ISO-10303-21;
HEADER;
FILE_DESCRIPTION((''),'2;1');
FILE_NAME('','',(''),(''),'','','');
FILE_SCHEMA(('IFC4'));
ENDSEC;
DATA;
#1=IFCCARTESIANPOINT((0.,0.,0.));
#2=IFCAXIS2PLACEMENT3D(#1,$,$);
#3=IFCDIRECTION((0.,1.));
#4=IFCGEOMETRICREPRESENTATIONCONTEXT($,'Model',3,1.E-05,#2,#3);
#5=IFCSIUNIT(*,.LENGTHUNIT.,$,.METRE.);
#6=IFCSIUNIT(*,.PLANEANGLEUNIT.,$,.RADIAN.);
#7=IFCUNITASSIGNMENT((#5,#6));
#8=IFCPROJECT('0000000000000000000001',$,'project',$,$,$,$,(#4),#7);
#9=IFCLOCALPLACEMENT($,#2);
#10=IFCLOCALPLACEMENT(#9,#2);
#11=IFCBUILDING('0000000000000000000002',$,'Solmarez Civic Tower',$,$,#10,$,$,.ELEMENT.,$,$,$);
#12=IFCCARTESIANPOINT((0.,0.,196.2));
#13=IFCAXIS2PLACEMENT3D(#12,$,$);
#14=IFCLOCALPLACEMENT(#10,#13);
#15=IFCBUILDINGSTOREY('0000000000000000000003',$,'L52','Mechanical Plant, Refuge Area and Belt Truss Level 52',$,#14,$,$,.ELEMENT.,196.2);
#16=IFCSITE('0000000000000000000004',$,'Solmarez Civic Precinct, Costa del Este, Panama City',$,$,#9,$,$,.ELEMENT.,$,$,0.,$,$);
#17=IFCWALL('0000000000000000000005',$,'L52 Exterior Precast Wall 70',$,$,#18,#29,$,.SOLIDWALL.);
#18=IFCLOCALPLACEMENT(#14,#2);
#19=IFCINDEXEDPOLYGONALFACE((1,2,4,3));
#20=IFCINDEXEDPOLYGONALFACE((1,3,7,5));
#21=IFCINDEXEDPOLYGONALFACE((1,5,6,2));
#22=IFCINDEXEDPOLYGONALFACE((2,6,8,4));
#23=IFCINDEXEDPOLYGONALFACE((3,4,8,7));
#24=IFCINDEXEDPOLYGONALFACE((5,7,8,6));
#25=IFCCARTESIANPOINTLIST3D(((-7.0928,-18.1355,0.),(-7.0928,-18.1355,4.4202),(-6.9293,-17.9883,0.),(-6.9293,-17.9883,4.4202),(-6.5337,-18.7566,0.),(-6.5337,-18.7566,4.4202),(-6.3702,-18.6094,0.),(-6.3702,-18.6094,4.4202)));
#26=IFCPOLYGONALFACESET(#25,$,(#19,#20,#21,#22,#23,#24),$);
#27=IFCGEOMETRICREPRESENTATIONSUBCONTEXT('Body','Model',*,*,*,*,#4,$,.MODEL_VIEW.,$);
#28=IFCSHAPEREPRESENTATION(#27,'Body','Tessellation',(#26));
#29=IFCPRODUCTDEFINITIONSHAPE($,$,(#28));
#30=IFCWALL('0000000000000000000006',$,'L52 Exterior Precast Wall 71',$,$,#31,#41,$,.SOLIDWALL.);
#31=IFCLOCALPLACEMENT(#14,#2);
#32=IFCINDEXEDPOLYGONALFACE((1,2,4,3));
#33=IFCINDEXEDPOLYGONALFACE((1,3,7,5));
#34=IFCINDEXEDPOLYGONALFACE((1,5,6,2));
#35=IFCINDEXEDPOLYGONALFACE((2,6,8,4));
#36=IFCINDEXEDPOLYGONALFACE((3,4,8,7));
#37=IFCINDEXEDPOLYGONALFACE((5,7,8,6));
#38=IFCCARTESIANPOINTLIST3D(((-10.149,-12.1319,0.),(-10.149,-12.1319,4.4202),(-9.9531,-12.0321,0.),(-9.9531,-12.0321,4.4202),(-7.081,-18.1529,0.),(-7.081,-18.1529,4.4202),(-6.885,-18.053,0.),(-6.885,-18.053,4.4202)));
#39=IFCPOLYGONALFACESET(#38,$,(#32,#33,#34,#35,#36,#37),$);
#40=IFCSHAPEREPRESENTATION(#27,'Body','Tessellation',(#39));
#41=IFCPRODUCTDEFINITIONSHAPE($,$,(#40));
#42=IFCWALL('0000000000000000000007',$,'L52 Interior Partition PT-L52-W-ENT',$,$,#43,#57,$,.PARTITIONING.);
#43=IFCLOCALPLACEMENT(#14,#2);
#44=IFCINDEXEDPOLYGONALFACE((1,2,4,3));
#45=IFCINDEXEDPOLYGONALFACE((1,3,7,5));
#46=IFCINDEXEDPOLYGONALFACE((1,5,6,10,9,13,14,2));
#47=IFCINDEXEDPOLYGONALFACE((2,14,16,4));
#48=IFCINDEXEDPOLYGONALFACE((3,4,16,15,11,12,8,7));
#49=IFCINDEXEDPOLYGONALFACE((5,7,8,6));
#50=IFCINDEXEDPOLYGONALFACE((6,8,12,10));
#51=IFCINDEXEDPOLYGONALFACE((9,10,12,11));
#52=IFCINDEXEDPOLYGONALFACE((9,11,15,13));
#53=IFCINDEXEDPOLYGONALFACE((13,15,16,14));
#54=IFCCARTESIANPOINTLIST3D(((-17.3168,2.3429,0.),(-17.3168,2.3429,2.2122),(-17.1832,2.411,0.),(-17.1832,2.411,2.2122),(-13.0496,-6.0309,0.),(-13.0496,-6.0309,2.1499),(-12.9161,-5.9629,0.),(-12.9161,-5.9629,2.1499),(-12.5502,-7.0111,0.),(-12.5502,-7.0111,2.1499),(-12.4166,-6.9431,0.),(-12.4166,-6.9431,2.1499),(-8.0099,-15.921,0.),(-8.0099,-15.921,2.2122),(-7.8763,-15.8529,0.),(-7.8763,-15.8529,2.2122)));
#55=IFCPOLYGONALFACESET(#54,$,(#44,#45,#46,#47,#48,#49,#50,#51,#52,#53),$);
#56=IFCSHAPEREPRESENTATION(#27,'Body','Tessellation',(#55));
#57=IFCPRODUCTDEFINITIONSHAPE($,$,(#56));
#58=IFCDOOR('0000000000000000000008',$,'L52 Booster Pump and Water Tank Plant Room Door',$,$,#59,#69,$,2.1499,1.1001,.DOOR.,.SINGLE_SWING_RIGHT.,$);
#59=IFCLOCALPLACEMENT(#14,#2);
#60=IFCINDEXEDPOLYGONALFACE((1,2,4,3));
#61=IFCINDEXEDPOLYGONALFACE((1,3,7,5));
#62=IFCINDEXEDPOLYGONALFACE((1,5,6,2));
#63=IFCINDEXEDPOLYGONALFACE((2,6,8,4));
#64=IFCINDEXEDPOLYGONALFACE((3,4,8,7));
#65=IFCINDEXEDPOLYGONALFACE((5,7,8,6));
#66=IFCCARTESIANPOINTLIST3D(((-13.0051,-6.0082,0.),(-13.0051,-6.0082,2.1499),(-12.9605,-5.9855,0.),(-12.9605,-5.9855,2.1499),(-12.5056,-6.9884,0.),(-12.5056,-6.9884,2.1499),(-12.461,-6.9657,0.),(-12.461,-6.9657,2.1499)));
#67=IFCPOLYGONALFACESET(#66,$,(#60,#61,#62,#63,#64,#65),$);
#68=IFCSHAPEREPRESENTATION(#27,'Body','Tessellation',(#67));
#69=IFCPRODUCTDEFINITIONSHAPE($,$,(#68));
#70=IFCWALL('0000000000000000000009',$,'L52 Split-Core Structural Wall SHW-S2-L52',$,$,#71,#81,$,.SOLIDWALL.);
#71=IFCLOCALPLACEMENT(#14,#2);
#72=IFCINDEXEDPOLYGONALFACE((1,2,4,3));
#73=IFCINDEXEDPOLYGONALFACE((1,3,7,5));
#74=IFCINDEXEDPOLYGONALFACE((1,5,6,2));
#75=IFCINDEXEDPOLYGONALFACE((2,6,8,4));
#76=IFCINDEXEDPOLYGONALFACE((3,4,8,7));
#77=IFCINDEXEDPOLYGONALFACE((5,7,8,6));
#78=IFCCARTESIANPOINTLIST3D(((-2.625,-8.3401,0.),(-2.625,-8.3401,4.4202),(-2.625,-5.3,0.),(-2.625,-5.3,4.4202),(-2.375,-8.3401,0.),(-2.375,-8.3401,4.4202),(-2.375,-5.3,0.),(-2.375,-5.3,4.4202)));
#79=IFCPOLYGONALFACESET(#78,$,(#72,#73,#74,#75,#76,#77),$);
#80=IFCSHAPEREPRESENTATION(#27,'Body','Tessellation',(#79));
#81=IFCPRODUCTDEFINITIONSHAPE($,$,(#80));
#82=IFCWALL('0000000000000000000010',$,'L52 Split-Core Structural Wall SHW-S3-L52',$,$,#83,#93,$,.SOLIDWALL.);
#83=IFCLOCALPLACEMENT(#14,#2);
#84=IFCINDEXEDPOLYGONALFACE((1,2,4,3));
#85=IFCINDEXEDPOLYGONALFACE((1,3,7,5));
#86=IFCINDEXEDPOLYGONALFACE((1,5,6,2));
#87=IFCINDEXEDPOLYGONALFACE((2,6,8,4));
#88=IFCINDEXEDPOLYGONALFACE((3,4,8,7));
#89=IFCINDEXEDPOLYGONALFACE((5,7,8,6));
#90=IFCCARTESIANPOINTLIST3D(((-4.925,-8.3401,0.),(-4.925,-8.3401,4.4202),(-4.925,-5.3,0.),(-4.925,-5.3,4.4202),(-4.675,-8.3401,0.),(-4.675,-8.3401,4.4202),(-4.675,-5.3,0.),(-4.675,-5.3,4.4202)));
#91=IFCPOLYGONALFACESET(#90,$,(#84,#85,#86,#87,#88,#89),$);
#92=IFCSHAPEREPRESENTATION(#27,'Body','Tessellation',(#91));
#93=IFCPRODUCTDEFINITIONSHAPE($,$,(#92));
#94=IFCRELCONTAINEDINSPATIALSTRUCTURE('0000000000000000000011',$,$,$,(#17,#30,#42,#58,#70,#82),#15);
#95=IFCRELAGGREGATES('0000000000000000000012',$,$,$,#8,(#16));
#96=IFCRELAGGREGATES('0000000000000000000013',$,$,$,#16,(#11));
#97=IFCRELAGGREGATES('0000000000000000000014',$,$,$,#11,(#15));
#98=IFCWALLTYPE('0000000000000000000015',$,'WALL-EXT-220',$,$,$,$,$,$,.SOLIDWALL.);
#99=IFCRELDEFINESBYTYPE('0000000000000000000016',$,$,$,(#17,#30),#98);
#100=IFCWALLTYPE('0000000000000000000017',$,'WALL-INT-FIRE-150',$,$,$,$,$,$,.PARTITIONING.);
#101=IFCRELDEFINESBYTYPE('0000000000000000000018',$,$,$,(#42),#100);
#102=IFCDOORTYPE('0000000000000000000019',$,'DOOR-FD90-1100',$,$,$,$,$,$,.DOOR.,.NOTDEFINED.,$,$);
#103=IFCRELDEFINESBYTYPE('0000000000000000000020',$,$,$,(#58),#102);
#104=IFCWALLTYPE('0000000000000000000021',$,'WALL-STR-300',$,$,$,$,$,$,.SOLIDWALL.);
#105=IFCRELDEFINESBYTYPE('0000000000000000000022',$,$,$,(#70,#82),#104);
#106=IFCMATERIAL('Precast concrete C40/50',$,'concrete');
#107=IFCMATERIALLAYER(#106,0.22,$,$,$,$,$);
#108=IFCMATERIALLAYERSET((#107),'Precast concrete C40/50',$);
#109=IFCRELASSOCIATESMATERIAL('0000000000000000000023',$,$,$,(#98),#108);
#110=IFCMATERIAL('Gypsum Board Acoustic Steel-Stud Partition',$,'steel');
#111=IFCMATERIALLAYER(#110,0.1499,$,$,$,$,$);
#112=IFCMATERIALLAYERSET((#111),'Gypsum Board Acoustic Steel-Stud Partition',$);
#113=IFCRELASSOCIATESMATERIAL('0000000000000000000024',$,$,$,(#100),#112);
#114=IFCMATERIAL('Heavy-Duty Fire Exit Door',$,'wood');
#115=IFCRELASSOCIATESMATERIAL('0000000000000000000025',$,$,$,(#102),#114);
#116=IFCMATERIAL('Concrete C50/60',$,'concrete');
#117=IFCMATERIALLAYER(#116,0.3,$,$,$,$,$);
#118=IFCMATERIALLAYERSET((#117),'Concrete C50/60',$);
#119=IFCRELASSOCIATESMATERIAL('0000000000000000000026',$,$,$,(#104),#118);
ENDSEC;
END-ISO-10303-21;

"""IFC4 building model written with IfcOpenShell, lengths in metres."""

from ifc_helpers import new_model, si_unit, direction, frame, frame_2d, origin, place, context, subcontext, project, spatial, rectangle, extrude, material, layer, layer_set, type_object, element, fill, save


model = new_model("IFC4")

# Units and contexts
model_context = context("Model", 3, precision=1e-05, world=origin(), true_north=direction((0.0, 1.0)))
body_context = subcontext(model_context, "Body", "Model", "MODEL_VIEW")
ifc_project = project(units=[si_unit("LENGTHUNIT", "METRE"), si_unit("PLANEANGLEUNIT", "RADIAN")], contexts=[model_context])

# Site, building, storey
site_placement = place(None, origin())
site = spatial("IfcSite", under=ifc_project, at=site_placement, Name="Solmarez Civic Precinct, Costa del Este, Panama City", CompositionType="ELEMENT", RefElevation=0.0)
building_placement = place(site_placement, origin())
building = spatial("IfcBuilding", under=site, at=building_placement, Name="Solmarez Civic Tower", CompositionType="ELEMENT")
storey_placement = place(building_placement, frame((0.0, 0.0, 196.2)))
storey = spatial("IfcBuildingStorey", under=building, at=storey_placement, Name="L52", Description="Mechanical Plant, Refuge Area and Belt Truss Level 52", CompositionType="ELEMENT", Elevation=196.2)

# Shared definitions
ifc_material_1 = material(Name="Concrete C50/60", Category="concrete")

# Walls
ifc_material_2 = material(Name="Precast concrete C40/50", Category="concrete")
ifc_layer_1 = layer(ifc_material_2, 0.22)
ifc_layer_set_1 = layer_set([ifc_layer_1], Name="Precast concrete C40/50")
wall_type_1 = type_object("IfcWallType", Name="WALL-EXT-220", PredefinedType="SOLIDWALL", material=ifc_layer_set_1)
wall_1_placement = place(storey_placement, frame((-6.4519, -18.6831, 0.0), z_axis=(0.0, 0.0, 1.0), x_axis=(-0.669029, 0.743236, 0.0)))
element("IfcWall", 1, at=wall_1_placement, inside=storey, type_object=wall_type_1, Name="L52 Exterior Precast Wall 70", PredefinedType="SOLIDWALL", context=body_context, shape_type="SweptSolid", body=[
    extrude(rectangle(XDim=0.8357, YDim=0.22, at=frame_2d((0.418, 0.0))), origin(), (0.0, 0.0, 1.0), 4.4202),
])
wall_2_placement = place(storey_placement, frame((-6.9829, -18.103, 0.0), z_axis=(0.0, 0.0, 1.0), x_axis=(-0.454022, 0.890991, 0.0)))
element("IfcWall", 2, at=wall_2_placement, inside=storey, type_object=wall_type_1, Name="L52 Exterior Precast Wall 71", PredefinedType="SOLIDWALL", context=body_context, shape_type="SweptSolid", body=[
    extrude(rectangle(XDim=6.7576, YDim=0.22, at=frame_2d((3.3789, 0.0))), origin(), (0.0, 0.0, 1.0), 4.4202),
])

# Wall, opening, door
ifc_material_3 = material(Name="Gypsum Board Acoustic Steel-Stud Partition", Category="steel")
ifc_layer_2 = layer(ifc_material_3, 0.1499)
ifc_layer_set_2 = layer_set([ifc_layer_2], Name="Gypsum Board Acoustic Steel-Stud Partition")
wall_type_2 = type_object("IfcWallType", Name="WALL-INT-FIRE-150", PredefinedType="PARTITIONING", material=ifc_layer_set_2)
wall_3_placement = place(storey_placement, frame((-7.9431, -15.887, 0.0), z_axis=(0.0, 0.0, 1.0), x_axis=(-0.454027, 0.890988, 0.0)))
wall_3 = element("IfcWall", 3, at=wall_3_placement, inside=storey, type_object=wall_type_2, Name="L52 Interior Partition PT-L52-W-ENT", PredefinedType="PARTITIONING", context=body_context, shape_type="SweptSolid", body=[
    extrude(rectangle(XDim=20.4985, YDim=0.1499, at=frame_2d((10.2493, 0.0))), origin(), (0.0, 0.0, 1.0), 2.2122),
])
opening_placement = place(wall_3_placement, frame((10.0, 0.0, 0.0)))
opening = element("IfcOpeningElement", 4, at=opening_placement, cuts=wall_3, PredefinedType="OPENING", context=body_context, shape_type="SweptSolid", body=[
    extrude(rectangle(XDim=1.1001, YDim=2.1499, at=frame_2d((0.55, 1.075))), frame((0.0, 0.085, 0.0), z_axis=(0.0, -1.0, 0.0), x_axis=(1.0, 0.0, 0.0)), (0.0, 0.0, 1.0), 0.1699),
])
ifc_material_4 = material(Name="Heavy-Duty Fire Exit Door", Category="wood")
door_type = type_object("IfcDoorType", Name="DOOR-FD90-1100", OperationType="NOTDEFINED", PredefinedType="DOOR", material=ifc_material_4)
door_placement = place(opening_placement, origin())
door = element("IfcDoor", 5, at=door_placement, inside=storey, type_object=door_type, Name="L52 Booster Pump and Water Tank Plant Room Door", OperationType="SINGLE_SWING_RIGHT", OverallHeight=2.1499, OverallWidth=1.1001, PredefinedType="DOOR", context=body_context, shape_type="SweptSolid", body=[
    extrude(rectangle(XDim=1.1001, YDim=2.1499, at=frame_2d((0.55, 1.075))), frame((0.0, 0.0249, 0.0), z_axis=(0.0, -1.0, 0.0), x_axis=(1.0, 0.0, 0.0)), (0.0, 0.0, 1.0), 0.05),
])
fill(opening, door)

# Walls
ifc_layer_3 = layer(ifc_material_1, 0.3)
ifc_layer_set_3 = layer_set([ifc_layer_3], Name="Concrete C50/60")
wall_type_3 = type_object("IfcWallType", Name="WALL-STR-300", PredefinedType="SOLIDWALL", material=ifc_layer_set_3)
for number, where, z_axis, x_axis, name in (
    (6, (-2.5, -8.3401, 0.0), (0.0, 0.0, 1.0), (0.0, 1.0, 0.0), "L52 Split-Core Structural Wall SHW-S2-L52"),
    (7, (-4.8, -8.3401, 0.0), (0.0, 0.0, 1.0), (0.0, 1.0, 0.0), "L52 Split-Core Structural Wall SHW-S3-L52"),
):
    element("IfcWall", number, at=place(storey_placement, frame(where, z_axis=z_axis, x_axis=x_axis)), inside=storey, type_object=wall_type_3, Name=name, PredefinedType="SOLIDWALL", context=body_context, shape_type="SweptSolid", body=[
        extrude(rectangle(XDim=3.04, YDim=0.25, at=frame_2d((1.52, 0.0))), origin(), (0.0, 0.0, 1.0), 4.4202),
    ])

save(model, "model.ifc")
